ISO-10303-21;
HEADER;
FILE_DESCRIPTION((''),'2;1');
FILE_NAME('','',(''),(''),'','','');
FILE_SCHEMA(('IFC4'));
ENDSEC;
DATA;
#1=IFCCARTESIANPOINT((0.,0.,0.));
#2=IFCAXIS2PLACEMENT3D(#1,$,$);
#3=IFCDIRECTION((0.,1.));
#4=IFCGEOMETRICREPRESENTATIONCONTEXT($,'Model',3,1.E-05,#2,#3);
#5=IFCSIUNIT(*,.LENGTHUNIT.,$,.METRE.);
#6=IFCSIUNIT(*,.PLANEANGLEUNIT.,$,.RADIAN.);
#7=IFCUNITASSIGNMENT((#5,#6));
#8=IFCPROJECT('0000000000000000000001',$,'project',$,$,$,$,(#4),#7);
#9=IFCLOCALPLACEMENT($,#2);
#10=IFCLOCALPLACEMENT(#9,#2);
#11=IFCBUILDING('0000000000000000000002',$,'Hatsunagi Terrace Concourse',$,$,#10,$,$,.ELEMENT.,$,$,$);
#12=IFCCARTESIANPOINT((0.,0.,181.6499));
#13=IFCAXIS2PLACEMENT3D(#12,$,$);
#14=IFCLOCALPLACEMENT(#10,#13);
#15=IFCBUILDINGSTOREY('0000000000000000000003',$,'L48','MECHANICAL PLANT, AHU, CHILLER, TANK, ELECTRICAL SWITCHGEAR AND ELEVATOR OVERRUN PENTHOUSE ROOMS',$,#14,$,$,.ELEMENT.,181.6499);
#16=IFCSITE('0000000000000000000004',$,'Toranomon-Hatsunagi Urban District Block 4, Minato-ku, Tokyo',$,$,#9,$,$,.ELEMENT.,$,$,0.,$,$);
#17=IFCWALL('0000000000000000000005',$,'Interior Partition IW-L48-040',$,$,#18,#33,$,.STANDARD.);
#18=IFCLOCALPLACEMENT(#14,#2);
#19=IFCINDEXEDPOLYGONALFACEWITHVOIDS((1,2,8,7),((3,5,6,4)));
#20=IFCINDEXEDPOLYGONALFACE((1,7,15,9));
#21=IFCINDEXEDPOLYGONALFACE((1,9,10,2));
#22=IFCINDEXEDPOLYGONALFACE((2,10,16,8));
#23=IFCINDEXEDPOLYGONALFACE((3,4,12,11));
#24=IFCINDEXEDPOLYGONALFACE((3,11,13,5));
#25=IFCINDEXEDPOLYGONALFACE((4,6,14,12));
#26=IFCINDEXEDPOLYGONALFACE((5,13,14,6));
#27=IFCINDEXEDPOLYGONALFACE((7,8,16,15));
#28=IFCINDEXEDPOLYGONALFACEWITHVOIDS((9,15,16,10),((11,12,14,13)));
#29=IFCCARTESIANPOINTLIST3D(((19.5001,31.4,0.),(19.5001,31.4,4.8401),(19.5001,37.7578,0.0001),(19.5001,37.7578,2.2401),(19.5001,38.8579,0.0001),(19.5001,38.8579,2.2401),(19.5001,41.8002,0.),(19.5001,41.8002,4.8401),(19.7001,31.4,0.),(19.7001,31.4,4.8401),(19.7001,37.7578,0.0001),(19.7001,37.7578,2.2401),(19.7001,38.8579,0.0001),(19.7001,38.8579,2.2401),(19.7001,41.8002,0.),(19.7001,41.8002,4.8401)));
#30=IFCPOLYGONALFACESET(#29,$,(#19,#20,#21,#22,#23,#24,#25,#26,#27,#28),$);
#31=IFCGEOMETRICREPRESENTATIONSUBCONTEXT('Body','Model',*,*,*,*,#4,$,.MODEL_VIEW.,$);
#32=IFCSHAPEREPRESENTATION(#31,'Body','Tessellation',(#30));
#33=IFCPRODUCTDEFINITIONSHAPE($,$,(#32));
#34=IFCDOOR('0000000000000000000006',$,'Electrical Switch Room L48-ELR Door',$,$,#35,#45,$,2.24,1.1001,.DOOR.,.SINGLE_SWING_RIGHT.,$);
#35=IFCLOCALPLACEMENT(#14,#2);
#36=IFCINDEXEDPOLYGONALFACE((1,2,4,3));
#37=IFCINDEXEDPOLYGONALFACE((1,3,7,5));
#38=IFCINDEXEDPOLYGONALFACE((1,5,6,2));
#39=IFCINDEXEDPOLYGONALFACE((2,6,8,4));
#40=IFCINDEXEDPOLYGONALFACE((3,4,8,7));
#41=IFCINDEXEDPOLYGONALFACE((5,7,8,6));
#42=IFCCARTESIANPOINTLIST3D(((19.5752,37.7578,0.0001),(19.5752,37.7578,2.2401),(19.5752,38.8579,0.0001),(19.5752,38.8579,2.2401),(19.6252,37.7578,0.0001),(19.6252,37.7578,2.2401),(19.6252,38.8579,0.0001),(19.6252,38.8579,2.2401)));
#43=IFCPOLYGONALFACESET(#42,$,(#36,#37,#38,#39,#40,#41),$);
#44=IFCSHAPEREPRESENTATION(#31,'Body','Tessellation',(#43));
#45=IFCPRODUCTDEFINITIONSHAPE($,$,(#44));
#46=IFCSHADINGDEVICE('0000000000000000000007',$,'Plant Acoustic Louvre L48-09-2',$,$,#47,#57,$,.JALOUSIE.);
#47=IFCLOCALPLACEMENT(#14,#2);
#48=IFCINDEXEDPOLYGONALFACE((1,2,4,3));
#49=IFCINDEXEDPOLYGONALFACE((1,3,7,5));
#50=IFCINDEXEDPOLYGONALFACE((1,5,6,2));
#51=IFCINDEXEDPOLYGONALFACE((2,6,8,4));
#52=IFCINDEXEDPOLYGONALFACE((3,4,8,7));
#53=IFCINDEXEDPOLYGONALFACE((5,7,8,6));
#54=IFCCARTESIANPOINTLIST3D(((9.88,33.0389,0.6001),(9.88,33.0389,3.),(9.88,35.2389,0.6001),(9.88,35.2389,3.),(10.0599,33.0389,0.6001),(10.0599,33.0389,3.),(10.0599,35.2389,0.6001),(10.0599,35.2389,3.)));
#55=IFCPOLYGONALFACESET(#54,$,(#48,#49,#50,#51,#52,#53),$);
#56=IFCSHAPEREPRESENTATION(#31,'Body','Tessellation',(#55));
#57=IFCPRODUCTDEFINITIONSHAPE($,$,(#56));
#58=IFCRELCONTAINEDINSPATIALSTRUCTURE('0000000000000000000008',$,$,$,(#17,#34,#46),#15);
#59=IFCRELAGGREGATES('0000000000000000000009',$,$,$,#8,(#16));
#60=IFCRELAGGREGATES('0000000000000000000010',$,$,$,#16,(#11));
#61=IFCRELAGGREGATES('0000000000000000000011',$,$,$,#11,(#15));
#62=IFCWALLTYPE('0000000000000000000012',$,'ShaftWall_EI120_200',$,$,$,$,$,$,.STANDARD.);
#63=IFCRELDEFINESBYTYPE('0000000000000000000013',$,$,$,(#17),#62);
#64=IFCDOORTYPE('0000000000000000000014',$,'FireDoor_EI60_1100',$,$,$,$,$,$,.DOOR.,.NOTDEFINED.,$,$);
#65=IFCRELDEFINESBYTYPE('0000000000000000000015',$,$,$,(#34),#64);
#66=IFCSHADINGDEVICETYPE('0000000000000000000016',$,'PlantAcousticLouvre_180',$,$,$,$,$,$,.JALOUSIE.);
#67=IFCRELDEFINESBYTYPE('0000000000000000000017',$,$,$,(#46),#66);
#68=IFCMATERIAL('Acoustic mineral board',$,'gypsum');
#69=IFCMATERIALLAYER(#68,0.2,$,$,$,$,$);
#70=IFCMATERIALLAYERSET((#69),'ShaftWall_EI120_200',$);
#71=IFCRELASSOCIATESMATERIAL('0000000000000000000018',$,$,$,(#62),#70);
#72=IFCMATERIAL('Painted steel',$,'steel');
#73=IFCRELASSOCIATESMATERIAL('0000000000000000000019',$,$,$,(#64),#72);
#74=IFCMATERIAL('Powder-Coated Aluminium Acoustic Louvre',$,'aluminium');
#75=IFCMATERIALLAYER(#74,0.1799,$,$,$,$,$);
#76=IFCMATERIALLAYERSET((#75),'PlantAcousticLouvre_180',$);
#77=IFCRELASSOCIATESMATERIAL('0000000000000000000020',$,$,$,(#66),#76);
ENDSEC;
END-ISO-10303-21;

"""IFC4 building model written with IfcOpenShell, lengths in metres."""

from ifc_helpers import new_model, si_unit, direction, frame, frame_2d, origin, origin_2d, place, context, subcontext, project, spatial, rectangle, extrude, material, layer, layer_set, type_object, element, fill, save


model = new_model("IFC4")

# Units and contexts
model_context = context("Model", 3, precision=1e-05, world=origin(), true_north=direction((0.0, 1.0)))
body_context = subcontext(model_context, "Body", "Model", "MODEL_VIEW")
ifc_project = project(units=[si_unit("LENGTHUNIT", "METRE"), si_unit("PLANEANGLEUNIT", "RADIAN")], contexts=[model_context])

# Site, building, storey
site_placement = place(None, origin())
site = spatial("IfcSite", under=ifc_project, at=site_placement, Name="Toranomon-Hatsunagi Urban District Block 4, Minato-ku, Tokyo", CompositionType="ELEMENT", RefElevation=0.0)
building_placement = place(site_placement, origin())
building = spatial("IfcBuilding", under=site, at=building_placement, Name="Hatsunagi Terrace Concourse", CompositionType="ELEMENT")
storey_placement = place(building_placement, frame((0.0, 0.0, 181.6499)))
storey = spatial("IfcBuildingStorey", under=building, at=storey_placement, Name="L48", Description="MECHANICAL PLANT, AHU, CHILLER, TANK, ELECTRICAL SWITCHGEAR AND ELEVATOR OVERRUN PENTHOUSE ROOMS", CompositionType="ELEMENT", Elevation=181.6499)

# Shared definitions
ifc_material_1 = material(Name="Acoustic mineral board", Category="gypsum")
ifc_layer_1 = layer(ifc_material_1, 0.2)
ifc_layer_set_1 = layer_set([ifc_layer_1], Name="ShaftWall_EI120_200")
wall_type_1 = type_object("IfcWallType", Name="ShaftWall_EI120_200", PredefinedType="STANDARD", material=ifc_layer_set_1)

# Wall, opening, door
wall_1_placement = place(storey_placement, frame((19.6001, 31.3999, 0.0), z_axis=(0.0, 0.0, 1.0), x_axis=(0.0, 1.0, 0.0)))
wall_1 = element("IfcWall", 1, at=wall_1_placement, inside=storey, type_object=wall_type_1, Name="Interior Partition IW-L48-040", PredefinedType="STANDARD", context=body_context, shape_type="SweptSolid", body=[
    extrude(rectangle(XDim=10.4001, YDim=0.2, at=frame_2d((5.2002, 0.0))), origin(), (0.0, 0.0, 1.0), 4.8401),
])
opening_placement = place(wall_1_placement, frame((6.3579, 0.0, 0.0)))
opening = element("IfcOpeningElement", 2, at=opening_placement, cuts=wall_1, PredefinedType="OPENING", context=body_context, shape_type="SweptSolid", body=[
    extrude(rectangle(XDim=1.1001, YDim=2.24, at=frame_2d((0.55, 1.1201))), frame((0.0, 0.1099, 0.0), z_axis=(0.0, -1.0, 0.0), x_axis=(1.0, 0.0, 0.0)), (0.0, 0.0, 1.0), 0.22),
])
ifc_material_2 = material(Name="Painted steel", Category="steel")
door_type = type_object("IfcDoorType", Name="FireDoor_EI60_1100", OperationType="NOTDEFINED", PredefinedType="DOOR", material=ifc_material_2)
door_placement = place(opening_placement, origin())
door = element("IfcDoor", 3, at=door_placement, inside=storey, type_object=door_type, Name="Electrical Switch Room L48-ELR Door", OperationType="SINGLE_SWING_RIGHT", OverallHeight=2.24, OverallWidth=1.1001, PredefinedType="DOOR", context=body_context, shape_type="SweptSolid", body=[
    extrude(rectangle(XDim=1.1001, YDim=2.24, at=frame_2d((0.55, 1.1201))), frame((0.0, 0.0249, 0.0), z_axis=(0.0, -1.0, 0.0), x_axis=(1.0, 0.0, 0.0)), (0.0, 0.0, 1.0), 0.05),
])
fill(opening, door)

# Shading device
ifc_material_3 = material(Name="Powder-Coated Aluminium Acoustic Louvre", Category="aluminium")
ifc_layer_2 = layer(ifc_material_3, 0.1799)
ifc_layer_set_2 = layer_set([ifc_layer_2], Name="PlantAcousticLouvre_180")
shading_device_type = type_object("IfcShadingDeviceType", Name="PlantAcousticLouvre_180", PredefinedType="JALOUSIE", material=ifc_layer_set_2)
shading_device_placement = place(storey_placement, frame((9.97, 34.1389, 0.6001), z_axis=(0.0, 0.0, 1.0), x_axis=(0.0, 1.0, 0.0)))
element("IfcShadingDevice", 4, at=shading_device_placement, inside=storey, type_object=shading_device_type, Name="Plant Acoustic Louvre L48-09-2", PredefinedType="JALOUSIE", context=body_context, shape_type="SweptSolid", body=[
    extrude(rectangle(XDim=2.2, YDim=0.1799, at=origin_2d()), origin(), (0.0, 0.0, 1.0), 2.3999),
])

save(model, "model.ifc")
